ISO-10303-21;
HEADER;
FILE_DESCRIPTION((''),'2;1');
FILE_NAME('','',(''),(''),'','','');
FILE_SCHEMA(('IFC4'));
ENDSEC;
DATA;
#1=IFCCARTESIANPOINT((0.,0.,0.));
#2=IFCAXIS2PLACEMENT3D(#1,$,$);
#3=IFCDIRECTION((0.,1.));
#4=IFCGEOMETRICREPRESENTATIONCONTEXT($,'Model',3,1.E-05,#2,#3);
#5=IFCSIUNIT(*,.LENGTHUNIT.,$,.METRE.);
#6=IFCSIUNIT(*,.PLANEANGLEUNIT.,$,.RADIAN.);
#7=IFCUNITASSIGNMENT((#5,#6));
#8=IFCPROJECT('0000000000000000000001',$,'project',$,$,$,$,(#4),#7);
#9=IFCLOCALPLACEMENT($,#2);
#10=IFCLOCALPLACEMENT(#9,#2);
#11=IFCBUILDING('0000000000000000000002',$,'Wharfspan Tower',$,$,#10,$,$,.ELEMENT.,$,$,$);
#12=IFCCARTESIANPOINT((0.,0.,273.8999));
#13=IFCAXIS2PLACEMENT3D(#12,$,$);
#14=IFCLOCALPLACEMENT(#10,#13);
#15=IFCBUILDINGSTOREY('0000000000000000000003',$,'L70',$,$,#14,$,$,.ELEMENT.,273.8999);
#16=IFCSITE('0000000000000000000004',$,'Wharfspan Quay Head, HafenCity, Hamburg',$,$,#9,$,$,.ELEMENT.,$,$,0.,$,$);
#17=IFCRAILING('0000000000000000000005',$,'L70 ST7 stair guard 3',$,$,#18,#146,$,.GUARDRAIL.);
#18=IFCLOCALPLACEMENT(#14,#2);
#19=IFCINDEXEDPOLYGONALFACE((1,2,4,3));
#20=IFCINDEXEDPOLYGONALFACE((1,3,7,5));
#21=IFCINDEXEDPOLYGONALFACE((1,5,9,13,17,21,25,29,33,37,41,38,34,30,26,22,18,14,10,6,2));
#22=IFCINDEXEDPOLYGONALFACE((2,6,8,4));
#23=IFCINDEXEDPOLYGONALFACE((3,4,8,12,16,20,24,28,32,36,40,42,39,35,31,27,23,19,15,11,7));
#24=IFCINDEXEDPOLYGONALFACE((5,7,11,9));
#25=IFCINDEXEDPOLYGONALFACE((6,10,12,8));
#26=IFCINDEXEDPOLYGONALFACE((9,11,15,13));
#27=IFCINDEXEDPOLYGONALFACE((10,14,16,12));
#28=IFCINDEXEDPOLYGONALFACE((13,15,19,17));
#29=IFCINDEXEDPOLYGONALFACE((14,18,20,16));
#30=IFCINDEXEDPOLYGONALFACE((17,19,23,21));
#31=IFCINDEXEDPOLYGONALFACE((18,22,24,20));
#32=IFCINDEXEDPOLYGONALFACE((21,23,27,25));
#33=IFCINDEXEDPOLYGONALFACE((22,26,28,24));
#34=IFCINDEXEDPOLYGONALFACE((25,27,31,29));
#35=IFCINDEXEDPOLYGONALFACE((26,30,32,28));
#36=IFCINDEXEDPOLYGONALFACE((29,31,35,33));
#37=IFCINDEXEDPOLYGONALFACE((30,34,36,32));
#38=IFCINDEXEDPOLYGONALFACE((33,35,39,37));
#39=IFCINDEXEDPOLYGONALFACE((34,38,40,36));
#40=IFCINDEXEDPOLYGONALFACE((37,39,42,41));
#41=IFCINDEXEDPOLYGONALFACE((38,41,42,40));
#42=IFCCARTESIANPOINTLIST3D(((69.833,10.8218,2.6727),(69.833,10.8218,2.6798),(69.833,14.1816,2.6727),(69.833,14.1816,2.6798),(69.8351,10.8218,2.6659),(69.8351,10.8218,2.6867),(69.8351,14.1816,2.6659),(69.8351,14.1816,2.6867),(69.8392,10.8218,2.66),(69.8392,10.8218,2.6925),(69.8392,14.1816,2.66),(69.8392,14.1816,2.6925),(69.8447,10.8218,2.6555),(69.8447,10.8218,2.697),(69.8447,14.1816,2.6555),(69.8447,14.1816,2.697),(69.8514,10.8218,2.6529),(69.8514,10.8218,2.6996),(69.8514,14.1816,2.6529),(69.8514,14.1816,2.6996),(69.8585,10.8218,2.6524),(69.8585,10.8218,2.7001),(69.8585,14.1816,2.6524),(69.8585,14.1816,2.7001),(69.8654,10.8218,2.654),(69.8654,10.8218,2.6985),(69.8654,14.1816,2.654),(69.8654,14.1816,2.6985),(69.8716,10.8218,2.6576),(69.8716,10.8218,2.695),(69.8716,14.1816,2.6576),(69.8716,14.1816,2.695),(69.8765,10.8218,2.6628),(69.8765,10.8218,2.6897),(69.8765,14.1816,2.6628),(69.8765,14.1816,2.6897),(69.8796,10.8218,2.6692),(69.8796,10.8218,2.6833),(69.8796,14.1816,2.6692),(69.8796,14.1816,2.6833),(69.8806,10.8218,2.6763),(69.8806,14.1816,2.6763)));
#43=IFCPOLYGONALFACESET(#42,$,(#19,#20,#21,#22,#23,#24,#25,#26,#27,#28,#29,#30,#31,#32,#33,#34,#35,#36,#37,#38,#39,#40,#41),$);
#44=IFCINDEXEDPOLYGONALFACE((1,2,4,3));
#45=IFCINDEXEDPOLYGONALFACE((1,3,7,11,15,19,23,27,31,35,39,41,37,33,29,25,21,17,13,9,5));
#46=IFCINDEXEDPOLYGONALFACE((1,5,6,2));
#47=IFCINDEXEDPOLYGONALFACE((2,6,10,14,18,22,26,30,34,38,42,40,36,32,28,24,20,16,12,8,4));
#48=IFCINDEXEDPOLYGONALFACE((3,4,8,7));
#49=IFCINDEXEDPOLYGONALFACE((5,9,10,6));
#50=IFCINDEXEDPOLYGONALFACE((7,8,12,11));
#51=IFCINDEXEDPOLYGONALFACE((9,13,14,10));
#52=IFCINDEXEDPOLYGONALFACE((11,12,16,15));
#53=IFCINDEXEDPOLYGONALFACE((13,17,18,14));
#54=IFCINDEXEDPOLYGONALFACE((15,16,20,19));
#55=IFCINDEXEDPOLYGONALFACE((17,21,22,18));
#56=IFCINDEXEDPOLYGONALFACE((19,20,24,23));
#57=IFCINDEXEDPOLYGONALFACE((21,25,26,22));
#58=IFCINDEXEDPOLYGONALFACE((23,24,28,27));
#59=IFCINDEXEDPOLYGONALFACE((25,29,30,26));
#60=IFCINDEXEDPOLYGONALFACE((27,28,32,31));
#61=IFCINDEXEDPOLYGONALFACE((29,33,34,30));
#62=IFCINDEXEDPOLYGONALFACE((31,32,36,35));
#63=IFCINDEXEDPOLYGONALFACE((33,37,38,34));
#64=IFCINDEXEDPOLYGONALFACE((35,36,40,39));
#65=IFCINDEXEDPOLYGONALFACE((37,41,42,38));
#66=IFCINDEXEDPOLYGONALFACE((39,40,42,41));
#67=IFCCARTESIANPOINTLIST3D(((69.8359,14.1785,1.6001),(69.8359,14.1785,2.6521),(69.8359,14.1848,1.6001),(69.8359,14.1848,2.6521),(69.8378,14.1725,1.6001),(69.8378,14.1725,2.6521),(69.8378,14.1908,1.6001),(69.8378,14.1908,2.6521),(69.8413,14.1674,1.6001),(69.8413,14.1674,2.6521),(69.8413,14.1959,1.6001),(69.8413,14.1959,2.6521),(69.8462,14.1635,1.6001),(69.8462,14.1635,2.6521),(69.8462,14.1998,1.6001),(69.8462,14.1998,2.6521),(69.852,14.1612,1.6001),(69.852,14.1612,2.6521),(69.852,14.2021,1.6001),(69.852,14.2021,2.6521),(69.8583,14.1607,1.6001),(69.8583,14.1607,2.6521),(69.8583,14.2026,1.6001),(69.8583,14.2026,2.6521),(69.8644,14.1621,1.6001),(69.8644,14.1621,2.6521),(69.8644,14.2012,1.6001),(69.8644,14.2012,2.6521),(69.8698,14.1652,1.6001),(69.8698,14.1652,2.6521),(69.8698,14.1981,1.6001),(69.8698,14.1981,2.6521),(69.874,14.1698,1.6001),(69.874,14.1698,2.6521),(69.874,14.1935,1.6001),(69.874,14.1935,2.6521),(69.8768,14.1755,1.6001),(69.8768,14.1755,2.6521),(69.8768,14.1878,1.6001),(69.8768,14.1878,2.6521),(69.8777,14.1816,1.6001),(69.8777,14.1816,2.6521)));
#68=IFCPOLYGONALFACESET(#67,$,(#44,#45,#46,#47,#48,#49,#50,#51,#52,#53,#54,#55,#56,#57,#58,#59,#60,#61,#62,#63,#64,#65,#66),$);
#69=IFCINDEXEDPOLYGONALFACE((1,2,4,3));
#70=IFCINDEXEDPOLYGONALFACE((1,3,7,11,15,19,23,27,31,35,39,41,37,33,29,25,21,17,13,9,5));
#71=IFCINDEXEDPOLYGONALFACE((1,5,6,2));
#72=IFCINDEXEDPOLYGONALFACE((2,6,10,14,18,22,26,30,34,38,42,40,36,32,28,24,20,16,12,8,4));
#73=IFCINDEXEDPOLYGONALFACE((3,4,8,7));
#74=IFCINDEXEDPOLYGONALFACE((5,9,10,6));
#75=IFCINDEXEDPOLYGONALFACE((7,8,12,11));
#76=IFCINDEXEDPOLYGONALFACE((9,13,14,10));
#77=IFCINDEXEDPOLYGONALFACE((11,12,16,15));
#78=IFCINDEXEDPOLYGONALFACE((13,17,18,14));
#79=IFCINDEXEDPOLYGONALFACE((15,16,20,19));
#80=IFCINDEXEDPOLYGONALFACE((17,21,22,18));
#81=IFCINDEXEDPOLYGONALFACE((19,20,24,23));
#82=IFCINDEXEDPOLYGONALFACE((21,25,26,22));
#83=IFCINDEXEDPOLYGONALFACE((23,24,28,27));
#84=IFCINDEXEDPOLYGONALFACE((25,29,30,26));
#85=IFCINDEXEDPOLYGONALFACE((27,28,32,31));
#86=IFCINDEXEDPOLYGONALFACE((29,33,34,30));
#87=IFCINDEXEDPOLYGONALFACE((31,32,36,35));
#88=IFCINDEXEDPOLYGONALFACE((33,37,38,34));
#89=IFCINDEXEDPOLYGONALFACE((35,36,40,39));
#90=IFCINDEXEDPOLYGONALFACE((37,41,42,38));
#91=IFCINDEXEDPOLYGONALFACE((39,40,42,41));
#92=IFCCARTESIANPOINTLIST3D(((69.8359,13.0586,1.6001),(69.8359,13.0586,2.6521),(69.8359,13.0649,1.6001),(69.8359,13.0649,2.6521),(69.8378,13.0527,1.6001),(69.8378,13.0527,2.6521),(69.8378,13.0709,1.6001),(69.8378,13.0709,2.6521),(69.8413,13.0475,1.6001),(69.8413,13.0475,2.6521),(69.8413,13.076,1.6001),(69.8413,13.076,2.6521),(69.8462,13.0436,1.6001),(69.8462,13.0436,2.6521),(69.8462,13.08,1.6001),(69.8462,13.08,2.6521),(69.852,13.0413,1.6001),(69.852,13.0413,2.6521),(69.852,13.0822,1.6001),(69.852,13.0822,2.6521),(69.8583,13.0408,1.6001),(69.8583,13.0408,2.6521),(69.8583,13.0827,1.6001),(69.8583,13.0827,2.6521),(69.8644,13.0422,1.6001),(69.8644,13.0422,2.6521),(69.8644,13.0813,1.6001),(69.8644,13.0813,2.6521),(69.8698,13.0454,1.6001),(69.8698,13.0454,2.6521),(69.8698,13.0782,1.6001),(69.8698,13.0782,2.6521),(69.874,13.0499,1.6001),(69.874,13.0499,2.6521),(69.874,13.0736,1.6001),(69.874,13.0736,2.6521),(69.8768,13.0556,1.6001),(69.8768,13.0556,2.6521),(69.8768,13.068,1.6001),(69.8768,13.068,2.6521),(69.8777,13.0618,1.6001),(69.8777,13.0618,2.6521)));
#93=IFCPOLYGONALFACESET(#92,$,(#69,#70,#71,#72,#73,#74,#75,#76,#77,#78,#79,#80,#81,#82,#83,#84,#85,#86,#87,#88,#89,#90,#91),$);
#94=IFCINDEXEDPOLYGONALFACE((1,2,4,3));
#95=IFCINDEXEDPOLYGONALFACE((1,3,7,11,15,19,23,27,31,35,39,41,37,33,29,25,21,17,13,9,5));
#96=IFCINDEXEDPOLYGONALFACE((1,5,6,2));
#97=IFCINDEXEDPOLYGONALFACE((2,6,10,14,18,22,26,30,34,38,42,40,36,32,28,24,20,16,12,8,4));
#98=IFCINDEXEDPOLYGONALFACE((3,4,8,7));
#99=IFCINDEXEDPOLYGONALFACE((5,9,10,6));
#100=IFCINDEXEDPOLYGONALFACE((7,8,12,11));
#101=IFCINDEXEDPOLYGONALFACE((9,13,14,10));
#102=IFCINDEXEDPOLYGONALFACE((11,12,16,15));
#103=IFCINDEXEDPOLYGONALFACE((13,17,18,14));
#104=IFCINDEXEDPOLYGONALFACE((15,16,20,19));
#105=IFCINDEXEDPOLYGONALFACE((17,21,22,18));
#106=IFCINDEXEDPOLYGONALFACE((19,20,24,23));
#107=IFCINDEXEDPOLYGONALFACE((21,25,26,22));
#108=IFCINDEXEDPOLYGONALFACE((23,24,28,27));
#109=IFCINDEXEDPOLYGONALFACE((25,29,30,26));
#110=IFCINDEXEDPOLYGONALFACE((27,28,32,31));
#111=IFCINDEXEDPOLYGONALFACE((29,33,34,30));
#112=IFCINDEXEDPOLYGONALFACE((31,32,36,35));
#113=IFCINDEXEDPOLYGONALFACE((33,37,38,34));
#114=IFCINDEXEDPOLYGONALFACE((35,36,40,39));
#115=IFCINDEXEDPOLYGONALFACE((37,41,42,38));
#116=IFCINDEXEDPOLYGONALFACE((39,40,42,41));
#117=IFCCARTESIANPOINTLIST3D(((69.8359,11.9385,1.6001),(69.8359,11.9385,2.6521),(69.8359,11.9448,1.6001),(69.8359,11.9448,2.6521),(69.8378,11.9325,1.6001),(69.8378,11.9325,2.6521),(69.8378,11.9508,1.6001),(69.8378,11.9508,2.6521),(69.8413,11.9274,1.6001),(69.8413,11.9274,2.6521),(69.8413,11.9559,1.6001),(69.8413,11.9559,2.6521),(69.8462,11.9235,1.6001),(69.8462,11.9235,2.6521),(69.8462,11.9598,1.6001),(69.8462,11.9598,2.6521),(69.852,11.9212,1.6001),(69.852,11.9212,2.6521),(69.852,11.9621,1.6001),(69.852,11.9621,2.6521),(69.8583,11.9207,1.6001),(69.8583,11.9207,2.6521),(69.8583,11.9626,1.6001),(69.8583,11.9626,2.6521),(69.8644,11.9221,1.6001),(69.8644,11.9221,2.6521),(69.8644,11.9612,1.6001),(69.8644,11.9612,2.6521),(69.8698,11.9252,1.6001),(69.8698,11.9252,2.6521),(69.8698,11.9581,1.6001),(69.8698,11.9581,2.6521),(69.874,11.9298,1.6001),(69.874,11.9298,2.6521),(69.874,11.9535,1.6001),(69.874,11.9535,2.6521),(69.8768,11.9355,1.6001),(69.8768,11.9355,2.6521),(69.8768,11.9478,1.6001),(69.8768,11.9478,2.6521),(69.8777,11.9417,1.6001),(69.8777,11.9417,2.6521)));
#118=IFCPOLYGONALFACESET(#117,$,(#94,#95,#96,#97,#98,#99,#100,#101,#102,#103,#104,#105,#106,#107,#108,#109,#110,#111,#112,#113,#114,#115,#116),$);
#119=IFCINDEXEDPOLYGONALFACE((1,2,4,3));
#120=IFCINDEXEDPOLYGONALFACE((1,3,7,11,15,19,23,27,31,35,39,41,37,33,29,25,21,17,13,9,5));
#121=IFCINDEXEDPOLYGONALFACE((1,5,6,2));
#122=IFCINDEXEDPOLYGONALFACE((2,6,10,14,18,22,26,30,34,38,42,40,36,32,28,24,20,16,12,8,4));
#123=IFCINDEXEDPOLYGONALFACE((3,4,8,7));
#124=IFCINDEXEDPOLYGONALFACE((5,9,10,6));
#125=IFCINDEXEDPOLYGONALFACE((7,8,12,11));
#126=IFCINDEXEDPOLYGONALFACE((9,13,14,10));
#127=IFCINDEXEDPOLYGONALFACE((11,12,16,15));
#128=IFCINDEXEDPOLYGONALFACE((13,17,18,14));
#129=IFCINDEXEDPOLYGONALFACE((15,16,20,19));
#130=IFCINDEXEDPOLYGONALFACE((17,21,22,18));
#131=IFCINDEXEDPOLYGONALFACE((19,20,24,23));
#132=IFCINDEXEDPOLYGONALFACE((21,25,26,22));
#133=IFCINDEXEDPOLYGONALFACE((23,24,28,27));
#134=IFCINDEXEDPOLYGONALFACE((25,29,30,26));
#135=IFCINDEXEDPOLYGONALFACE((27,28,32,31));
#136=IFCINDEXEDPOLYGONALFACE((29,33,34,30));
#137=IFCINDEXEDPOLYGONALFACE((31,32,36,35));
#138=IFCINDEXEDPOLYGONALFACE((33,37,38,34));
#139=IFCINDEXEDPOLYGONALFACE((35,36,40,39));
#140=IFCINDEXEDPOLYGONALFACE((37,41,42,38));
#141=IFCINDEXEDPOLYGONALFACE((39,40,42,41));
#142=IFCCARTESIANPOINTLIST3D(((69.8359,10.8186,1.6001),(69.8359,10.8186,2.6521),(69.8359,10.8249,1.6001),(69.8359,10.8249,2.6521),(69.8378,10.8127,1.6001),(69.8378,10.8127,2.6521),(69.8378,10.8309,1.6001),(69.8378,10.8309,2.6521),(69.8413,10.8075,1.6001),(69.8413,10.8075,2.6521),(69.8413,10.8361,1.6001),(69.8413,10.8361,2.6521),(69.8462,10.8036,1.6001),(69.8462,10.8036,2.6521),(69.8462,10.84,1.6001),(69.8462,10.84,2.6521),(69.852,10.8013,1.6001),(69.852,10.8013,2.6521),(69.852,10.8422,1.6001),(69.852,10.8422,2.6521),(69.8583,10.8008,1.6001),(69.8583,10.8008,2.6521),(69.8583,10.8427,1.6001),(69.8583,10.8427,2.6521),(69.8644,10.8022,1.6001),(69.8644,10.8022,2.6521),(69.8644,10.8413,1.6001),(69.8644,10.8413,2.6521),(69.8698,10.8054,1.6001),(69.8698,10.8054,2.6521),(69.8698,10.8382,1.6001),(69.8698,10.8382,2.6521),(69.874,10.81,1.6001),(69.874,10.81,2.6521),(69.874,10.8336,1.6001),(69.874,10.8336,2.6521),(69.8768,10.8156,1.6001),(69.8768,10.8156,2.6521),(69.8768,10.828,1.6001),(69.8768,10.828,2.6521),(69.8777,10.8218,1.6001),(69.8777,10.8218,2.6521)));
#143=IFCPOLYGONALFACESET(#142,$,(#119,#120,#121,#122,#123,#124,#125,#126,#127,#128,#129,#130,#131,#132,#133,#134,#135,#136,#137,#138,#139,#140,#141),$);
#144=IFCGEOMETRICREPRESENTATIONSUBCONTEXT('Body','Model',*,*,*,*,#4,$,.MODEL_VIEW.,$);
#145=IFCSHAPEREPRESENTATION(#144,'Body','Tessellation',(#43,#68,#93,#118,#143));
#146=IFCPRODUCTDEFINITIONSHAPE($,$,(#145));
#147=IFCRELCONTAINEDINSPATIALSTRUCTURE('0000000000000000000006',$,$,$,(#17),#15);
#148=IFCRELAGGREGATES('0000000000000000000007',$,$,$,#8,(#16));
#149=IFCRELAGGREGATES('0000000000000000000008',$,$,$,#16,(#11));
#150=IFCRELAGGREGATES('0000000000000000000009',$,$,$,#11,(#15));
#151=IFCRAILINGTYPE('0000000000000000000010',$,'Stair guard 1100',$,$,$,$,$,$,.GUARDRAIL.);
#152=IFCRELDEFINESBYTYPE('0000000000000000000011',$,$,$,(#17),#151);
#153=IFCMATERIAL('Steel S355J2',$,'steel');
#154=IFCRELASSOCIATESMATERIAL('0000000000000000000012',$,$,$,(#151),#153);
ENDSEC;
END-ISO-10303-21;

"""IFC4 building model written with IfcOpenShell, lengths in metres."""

from ifc_helpers import new_model, si_unit, direction, frame, origin, origin_2d, place, context, subcontext, project, spatial, circle, extrude, material, type_object, element, save


model = new_model("IFC4")

# Units and contexts
model_context = context("Model", 3, precision=1e-05, world=origin(), true_north=direction((0.0, 1.0)))
body_context = subcontext(model_context, "Body", "Model", "MODEL_VIEW")
ifc_project = project(units=[si_unit("LENGTHUNIT", "METRE"), si_unit("PLANEANGLEUNIT", "RADIAN")], contexts=[model_context])

# Site, building, storey
site_placement = place(None, origin())
site = spatial("IfcSite", under=ifc_project, at=site_placement, Name="Wharfspan Quay Head, HafenCity, Hamburg", CompositionType="ELEMENT", RefElevation=0.0)
building_placement = place(site_placement, origin())
building = spatial("IfcBuilding", under=site, at=building_placement, Name="Wharfspan Tower", CompositionType="ELEMENT")
storey_placement = place(building_placement, frame((0.0, 0.0, 273.8999)))
storey = spatial("IfcBuildingStorey", under=building, at=storey_placement, Name="L70", CompositionType="ELEMENT", Elevation=273.8999)

# Shared definitions
ifc_material_1 = material(Name="Steel S355J2", Category="steel")

# Railing
railing_type_1 = type_object("IfcRailingType", Name="Stair guard 1100", PredefinedType="GUARDRAIL", material=ifc_material_1)
for number, where, name in (
    (1, (69.8567, 14.1816, 1.6001), "L70 ST7 stair guard 3"),
):
    element("IfcRailing", number, at=place(storey_placement, frame(where)), inside=storey, type_object=railing_type_1, Name=name, PredefinedType="GUARDRAIL", context=body_context, shape_type="SweptSolid", body=[
        extrude(circle(Radius=0.0239, at=origin_2d()), frame((0.0, 0.0, 1.0762), z_axis=(0.0, -1.0, 0.0), x_axis=(1.0, 0.0, 0.0)), (0.0, 0.0, 1.0), 3.3599),
        extrude(circle(Radius=0.021, at=origin_2d()), origin(), (0.0, 0.0, 1.0), 1.052),
        extrude(circle(Radius=0.021, at=origin_2d()), frame((0.0, -1.1199, 0.0)), (0.0, 0.0, 1.0), 1.052),
        extrude(circle(Radius=0.021, at=origin_2d()), frame((0.0, -2.24, 0.0)), (0.0, 0.0, 1.0), 1.052),
        extrude(circle(Radius=0.021, at=origin_2d()), frame((0.0, -3.3599, 0.0)), (0.0, 0.0, 1.0), 1.052),
    ])

save(model, "model.ifc")
